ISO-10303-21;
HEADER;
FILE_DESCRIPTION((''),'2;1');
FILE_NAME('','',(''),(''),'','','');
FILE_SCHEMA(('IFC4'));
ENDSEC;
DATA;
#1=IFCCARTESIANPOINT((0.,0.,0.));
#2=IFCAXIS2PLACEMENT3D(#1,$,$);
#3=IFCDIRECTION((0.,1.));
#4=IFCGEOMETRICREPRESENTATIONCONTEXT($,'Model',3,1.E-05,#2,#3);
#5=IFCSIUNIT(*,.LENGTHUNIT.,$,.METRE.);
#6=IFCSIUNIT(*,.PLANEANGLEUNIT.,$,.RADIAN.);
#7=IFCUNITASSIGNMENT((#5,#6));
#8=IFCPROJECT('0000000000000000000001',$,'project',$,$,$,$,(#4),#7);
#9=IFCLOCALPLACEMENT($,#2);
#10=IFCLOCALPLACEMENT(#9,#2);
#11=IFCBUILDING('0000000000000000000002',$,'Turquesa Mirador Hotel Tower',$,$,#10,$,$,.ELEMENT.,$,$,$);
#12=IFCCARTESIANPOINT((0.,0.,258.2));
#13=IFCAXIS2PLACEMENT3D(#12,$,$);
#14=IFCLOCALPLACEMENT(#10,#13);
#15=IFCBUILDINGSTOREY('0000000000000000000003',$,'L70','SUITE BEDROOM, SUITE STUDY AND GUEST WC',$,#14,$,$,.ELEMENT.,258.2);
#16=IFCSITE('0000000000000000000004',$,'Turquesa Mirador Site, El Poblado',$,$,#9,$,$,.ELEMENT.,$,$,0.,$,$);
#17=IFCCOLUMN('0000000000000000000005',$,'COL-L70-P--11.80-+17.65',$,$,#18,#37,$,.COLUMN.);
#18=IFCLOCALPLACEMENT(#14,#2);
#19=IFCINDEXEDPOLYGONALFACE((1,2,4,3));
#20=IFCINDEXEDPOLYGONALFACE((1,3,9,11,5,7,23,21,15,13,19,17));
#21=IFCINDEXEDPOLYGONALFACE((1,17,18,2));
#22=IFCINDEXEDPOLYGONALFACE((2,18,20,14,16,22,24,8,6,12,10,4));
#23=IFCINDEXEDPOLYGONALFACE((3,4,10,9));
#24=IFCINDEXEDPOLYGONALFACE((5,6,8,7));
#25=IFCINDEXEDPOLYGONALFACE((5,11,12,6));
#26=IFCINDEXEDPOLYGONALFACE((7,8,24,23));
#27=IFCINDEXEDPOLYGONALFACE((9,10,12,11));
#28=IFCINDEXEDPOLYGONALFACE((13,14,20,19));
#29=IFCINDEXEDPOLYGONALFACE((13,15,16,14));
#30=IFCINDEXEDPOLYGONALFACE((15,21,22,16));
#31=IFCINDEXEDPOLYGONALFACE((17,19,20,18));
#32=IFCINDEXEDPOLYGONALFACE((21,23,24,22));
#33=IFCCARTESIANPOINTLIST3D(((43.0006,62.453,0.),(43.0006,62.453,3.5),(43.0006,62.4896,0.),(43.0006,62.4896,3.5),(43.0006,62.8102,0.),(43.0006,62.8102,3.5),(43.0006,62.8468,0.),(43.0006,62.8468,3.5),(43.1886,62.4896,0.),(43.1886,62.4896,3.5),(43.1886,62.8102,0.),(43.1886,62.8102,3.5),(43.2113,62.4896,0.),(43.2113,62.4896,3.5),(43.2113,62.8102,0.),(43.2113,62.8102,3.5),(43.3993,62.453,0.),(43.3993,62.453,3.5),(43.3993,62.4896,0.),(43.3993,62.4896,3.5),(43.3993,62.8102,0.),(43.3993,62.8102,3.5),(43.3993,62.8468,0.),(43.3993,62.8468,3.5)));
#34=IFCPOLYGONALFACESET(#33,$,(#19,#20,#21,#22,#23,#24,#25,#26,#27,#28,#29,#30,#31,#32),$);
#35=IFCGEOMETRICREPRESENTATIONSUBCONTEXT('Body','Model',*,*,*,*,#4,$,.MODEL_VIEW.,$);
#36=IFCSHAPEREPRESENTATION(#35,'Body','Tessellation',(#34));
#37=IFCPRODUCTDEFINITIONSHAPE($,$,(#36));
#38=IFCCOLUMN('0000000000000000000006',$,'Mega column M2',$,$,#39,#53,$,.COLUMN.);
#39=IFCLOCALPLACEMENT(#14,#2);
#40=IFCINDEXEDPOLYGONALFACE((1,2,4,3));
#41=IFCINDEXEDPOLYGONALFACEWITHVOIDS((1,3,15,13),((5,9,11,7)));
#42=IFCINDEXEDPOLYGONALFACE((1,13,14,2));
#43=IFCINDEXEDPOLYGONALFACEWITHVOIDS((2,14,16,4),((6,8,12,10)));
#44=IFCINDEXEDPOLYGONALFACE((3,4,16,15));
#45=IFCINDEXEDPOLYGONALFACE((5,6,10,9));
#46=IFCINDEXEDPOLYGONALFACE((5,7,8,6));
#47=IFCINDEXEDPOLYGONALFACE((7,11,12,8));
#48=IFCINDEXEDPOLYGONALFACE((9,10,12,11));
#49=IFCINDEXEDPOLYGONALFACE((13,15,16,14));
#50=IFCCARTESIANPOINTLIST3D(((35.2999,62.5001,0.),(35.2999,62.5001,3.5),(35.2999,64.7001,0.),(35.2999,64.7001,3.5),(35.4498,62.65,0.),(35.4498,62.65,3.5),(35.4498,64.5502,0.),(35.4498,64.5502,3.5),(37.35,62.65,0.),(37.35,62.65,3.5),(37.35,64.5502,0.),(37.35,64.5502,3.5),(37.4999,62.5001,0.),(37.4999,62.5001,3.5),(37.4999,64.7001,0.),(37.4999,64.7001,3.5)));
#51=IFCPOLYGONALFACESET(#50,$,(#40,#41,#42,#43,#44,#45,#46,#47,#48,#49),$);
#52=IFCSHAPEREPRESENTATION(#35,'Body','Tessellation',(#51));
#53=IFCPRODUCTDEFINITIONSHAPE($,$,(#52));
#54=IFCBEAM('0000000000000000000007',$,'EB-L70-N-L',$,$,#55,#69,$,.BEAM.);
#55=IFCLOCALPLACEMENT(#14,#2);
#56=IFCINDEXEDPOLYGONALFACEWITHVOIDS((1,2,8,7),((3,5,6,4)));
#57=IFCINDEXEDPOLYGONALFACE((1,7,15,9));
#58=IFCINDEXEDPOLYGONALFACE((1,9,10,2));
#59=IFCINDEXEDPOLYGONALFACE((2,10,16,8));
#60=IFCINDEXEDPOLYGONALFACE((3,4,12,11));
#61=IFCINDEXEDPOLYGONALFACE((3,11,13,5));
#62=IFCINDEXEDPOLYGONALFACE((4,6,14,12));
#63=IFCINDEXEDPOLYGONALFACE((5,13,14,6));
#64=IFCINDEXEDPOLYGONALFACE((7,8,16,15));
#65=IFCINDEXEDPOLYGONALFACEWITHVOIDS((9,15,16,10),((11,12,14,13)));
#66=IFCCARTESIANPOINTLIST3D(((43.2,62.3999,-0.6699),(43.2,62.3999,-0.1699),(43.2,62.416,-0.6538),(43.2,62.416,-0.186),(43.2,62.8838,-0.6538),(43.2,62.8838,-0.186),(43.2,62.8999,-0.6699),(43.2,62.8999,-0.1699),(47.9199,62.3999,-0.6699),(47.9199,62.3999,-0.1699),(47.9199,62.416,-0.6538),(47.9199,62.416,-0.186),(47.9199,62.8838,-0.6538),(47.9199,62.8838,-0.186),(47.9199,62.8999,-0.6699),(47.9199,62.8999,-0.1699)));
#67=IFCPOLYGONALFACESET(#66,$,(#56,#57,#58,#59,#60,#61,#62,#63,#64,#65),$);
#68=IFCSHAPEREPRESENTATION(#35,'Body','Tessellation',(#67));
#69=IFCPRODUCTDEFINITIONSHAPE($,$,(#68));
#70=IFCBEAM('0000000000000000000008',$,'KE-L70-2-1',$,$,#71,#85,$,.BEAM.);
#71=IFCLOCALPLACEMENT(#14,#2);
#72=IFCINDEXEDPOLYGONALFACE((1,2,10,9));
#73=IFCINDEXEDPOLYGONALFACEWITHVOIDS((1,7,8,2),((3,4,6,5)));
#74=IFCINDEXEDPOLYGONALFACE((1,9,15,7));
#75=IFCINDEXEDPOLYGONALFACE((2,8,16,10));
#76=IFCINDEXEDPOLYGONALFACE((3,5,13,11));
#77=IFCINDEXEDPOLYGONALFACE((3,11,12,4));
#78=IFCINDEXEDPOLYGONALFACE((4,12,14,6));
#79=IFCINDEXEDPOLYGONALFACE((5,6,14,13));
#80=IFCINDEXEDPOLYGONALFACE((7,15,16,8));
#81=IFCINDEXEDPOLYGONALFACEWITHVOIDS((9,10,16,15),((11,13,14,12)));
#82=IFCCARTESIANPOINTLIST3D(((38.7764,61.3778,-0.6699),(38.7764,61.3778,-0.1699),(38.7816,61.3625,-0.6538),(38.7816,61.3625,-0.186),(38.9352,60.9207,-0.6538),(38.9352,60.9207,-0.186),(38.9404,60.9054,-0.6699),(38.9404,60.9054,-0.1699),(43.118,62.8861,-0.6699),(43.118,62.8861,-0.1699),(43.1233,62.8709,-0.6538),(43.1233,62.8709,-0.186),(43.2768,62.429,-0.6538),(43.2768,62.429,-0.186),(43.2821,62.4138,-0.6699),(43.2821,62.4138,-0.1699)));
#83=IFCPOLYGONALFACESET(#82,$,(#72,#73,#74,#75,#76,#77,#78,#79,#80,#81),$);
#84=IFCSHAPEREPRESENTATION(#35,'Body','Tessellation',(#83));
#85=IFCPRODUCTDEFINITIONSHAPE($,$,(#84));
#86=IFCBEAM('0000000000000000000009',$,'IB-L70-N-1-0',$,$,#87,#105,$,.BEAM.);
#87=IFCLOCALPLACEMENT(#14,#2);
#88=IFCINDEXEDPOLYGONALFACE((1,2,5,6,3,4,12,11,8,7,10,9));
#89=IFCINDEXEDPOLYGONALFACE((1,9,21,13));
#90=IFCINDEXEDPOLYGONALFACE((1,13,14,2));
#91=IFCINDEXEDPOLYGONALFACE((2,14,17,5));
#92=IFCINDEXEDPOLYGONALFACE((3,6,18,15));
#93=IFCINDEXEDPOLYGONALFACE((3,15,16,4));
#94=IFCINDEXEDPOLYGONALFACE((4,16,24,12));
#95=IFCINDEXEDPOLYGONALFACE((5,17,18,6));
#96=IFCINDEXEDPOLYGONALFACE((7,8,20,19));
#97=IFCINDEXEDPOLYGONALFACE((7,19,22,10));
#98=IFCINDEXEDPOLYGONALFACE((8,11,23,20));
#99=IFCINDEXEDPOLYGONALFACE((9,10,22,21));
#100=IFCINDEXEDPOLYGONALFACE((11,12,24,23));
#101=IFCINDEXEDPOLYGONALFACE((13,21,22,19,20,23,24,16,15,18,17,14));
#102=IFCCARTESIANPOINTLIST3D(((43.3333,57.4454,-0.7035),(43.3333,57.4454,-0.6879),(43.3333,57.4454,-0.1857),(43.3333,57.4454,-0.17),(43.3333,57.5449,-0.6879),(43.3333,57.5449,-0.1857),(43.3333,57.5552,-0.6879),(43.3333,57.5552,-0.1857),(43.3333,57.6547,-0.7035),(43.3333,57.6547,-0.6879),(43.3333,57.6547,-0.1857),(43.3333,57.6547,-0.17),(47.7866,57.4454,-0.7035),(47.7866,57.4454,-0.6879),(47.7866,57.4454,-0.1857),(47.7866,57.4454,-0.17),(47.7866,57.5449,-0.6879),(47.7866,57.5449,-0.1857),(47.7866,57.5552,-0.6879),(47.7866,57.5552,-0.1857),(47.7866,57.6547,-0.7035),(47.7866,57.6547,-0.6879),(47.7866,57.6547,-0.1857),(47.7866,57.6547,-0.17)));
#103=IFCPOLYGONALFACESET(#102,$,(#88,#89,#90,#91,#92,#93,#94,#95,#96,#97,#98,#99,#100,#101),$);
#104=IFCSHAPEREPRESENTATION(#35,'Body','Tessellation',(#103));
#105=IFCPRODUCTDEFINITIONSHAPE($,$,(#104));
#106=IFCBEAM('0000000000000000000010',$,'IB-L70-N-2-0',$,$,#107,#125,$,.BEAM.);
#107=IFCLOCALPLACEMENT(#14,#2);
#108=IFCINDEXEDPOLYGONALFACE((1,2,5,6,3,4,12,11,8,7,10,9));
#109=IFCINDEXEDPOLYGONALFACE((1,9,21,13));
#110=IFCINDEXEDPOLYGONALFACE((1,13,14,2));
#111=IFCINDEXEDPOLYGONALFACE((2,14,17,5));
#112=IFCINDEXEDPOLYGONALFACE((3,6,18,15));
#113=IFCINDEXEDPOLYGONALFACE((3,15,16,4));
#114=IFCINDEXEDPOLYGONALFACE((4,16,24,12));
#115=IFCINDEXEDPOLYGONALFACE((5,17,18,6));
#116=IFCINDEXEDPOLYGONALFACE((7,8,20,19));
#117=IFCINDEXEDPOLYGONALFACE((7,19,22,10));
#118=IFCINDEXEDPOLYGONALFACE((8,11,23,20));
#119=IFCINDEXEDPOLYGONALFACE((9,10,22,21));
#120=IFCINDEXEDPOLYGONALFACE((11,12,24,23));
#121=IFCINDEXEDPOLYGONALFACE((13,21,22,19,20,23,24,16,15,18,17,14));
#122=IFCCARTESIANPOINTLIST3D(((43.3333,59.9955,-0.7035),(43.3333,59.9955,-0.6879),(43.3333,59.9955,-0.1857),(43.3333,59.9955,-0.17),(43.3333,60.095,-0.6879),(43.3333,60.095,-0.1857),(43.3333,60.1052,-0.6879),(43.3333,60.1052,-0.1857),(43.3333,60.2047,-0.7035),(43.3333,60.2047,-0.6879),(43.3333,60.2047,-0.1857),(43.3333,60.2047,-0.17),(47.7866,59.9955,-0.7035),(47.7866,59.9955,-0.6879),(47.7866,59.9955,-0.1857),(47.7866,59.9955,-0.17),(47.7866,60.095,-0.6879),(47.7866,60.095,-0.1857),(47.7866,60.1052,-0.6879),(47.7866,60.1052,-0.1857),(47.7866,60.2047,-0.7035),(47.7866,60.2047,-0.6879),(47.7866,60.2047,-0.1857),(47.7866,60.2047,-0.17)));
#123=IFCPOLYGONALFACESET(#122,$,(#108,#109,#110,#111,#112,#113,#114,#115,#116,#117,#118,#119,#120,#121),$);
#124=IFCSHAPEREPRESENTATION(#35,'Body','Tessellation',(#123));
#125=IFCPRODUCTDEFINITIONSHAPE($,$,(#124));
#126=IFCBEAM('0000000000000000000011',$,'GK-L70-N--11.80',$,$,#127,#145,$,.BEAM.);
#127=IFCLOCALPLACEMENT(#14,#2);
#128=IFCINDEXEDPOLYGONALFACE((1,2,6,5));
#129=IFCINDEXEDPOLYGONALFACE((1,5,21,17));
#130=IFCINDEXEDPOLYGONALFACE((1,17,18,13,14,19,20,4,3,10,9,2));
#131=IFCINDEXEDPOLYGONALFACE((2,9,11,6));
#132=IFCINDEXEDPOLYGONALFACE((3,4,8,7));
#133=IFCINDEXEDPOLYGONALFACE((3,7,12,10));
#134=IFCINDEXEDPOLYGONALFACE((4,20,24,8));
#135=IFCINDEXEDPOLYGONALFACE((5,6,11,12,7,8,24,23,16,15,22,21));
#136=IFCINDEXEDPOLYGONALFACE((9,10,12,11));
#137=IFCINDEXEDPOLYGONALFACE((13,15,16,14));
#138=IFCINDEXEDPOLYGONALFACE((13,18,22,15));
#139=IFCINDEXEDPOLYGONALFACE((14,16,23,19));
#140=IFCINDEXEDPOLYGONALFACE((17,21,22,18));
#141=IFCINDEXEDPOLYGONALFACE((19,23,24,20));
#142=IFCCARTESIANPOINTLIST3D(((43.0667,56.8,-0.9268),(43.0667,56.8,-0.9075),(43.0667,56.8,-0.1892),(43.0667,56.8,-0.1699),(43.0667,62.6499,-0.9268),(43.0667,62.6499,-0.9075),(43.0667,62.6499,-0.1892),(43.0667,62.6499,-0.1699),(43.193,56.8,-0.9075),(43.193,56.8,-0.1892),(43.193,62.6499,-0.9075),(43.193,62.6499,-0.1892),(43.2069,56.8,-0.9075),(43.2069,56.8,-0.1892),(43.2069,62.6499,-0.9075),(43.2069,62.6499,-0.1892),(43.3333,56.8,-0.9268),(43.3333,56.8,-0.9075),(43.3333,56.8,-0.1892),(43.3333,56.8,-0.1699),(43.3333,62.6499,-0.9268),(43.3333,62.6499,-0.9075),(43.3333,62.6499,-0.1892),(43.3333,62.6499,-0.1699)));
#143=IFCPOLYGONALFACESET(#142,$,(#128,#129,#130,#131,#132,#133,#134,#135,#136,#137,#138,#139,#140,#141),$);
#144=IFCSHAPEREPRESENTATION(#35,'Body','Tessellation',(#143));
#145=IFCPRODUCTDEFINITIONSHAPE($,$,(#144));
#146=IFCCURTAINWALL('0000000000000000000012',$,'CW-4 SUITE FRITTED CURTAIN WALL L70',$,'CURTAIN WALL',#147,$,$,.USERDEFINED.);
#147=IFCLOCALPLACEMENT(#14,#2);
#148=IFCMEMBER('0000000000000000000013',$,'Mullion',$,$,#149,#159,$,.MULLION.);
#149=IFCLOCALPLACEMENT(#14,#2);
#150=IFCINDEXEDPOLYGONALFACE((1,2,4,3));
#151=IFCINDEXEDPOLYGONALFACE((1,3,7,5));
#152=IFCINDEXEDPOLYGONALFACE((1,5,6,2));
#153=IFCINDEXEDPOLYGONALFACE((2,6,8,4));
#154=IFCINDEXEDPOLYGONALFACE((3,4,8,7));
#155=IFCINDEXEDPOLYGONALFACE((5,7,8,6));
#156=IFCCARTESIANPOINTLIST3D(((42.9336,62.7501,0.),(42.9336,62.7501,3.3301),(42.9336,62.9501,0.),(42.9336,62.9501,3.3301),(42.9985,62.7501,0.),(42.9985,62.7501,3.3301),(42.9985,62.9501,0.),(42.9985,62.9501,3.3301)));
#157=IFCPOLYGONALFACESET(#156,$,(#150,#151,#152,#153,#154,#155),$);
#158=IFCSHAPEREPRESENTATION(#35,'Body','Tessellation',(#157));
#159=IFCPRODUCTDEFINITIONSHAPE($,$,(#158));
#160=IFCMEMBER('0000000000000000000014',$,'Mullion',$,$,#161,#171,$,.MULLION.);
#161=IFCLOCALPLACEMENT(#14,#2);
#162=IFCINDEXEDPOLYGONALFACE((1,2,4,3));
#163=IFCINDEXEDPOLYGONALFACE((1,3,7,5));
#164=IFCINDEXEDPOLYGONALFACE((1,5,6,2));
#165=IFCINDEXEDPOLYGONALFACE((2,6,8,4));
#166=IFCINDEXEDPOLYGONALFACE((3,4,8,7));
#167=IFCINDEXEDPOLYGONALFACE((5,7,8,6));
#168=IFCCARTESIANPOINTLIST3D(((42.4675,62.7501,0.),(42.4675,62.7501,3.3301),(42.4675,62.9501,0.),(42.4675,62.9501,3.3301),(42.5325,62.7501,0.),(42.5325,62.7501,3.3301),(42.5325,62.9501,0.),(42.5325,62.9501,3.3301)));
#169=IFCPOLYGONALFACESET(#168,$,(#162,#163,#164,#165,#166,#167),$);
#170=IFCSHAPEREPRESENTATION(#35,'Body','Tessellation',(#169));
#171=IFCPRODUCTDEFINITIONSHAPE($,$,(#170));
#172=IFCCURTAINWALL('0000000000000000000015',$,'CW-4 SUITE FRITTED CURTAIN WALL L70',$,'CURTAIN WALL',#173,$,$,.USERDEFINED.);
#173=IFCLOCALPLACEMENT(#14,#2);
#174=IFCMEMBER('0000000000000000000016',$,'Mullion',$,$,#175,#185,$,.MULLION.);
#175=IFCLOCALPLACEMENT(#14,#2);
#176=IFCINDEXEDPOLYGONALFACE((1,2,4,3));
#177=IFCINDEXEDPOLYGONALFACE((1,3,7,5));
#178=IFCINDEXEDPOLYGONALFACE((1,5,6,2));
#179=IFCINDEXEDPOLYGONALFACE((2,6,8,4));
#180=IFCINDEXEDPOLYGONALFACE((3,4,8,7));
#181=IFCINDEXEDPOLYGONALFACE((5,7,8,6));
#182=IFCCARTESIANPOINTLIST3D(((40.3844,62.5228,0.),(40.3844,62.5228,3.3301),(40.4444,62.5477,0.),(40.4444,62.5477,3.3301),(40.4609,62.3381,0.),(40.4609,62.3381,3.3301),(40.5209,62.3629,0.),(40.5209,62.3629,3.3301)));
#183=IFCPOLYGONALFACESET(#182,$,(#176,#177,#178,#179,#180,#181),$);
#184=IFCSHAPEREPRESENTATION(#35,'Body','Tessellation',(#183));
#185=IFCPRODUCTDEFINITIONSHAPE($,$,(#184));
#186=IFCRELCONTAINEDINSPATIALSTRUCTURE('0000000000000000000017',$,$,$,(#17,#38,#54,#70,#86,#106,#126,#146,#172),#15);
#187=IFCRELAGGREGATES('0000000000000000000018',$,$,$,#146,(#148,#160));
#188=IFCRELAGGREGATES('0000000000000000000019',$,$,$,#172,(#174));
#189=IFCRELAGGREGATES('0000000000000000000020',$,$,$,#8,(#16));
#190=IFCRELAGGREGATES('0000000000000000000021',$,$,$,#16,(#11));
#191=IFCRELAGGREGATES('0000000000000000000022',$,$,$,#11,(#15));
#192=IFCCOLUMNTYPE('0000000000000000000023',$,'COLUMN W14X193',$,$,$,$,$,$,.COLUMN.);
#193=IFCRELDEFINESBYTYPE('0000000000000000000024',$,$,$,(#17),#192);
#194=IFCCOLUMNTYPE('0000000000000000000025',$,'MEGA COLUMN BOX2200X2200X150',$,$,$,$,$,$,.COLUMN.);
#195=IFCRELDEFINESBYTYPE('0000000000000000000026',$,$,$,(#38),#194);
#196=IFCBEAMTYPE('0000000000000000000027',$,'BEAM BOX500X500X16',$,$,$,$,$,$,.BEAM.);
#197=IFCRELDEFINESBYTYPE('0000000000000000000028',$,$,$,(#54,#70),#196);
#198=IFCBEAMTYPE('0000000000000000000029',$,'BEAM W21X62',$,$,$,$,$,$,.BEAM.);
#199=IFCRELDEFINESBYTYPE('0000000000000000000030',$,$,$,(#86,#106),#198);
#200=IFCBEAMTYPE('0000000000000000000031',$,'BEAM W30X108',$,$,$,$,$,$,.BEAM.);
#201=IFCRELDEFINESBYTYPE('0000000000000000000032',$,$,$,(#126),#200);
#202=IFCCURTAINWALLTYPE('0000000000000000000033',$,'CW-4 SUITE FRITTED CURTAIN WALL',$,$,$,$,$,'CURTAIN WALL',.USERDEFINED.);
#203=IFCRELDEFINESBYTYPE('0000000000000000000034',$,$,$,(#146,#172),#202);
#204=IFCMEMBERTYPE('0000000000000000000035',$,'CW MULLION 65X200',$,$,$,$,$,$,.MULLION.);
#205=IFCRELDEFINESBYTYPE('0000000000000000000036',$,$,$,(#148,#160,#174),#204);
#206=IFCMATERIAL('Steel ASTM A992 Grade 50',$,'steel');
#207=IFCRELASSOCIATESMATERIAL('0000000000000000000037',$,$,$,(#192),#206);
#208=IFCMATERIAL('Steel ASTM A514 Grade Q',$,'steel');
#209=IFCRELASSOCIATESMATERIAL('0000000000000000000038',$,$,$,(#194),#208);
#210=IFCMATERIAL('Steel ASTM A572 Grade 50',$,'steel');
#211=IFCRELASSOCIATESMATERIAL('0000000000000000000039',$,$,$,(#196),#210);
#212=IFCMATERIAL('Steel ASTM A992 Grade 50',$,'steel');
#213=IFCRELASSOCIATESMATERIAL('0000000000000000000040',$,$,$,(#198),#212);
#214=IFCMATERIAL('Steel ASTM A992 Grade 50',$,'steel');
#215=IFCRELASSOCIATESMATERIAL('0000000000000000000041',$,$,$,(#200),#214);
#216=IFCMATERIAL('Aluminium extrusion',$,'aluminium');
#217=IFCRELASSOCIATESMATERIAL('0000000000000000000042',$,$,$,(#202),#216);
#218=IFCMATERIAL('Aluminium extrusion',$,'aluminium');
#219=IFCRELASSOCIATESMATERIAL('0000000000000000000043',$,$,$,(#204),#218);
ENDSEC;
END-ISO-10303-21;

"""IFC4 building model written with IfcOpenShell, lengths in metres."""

from ifc_helpers import new_model, si_unit, direction, frame, origin, origin_2d, place, context, subcontext, project, spatial, rectangle, hollow_rectangle, i_section, extrude, material, material_profile, profile_set, type_object, element, aggregate, save


model = new_model("IFC4")

# Units and contexts
model_context = context("Model", 3, precision=1e-05, world=origin(), true_north=direction((0.0, 1.0)))
body_context = subcontext(model_context, "Body", "Model", "MODEL_VIEW")
ifc_project = project(units=[si_unit("LENGTHUNIT", "METRE"), si_unit("PLANEANGLEUNIT", "RADIAN")], contexts=[model_context])

# Site, building, storey
site_placement = place(None, origin())
site = spatial("IfcSite", under=ifc_project, at=site_placement, Name="Turquesa Mirador Site, El Poblado", CompositionType="ELEMENT", RefElevation=0.0)
building_placement = place(site_placement, origin())
building = spatial("IfcBuilding", under=site, at=building_placement, Name="Turquesa Mirador Hotel Tower", CompositionType="ELEMENT")
storey_placement = place(building_placement, frame((0.0, 0.0, 258.2)))
storey = spatial("IfcBuildingStorey", under=building, at=storey_placement, Name="L70", Description="SUITE BEDROOM, SUITE STUDY AND GUEST WC", CompositionType="ELEMENT", Elevation=258.2)

# Columns
ifc_material_1 = material(Name="Steel ASTM A992 Grade 50", Category="steel")
ifc_material_profile_1 = material_profile(ifc_material_1, i_section(OverallWidth=0.3987, OverallDepth=0.3938, WebThickness=0.0227, FlangeThickness=0.0366, at=origin_2d()), Name="W14X193")
ifc_profile_set_1 = profile_set([ifc_material_profile_1], Name="Steel ASTM A992 Grade 50")
column_type_1 = type_object("IfcColumnType", Name="COLUMN W14X193", PredefinedType="COLUMN", material=ifc_profile_set_1)
column_1_placement = place(storey_placement, frame((43.2, 62.6499, 0.0), z_axis=(0.0, 0.0, 1.0), x_axis=(1.0, 0.0, 0.0)))
element("IfcColumn", 1, at=column_1_placement, inside=storey, type_object=column_type_1, Name="COL-L70-P--11.80-+17.65", PredefinedType="COLUMN", context=body_context, shape_type="SweptSolid", body=[
    extrude(i_section(OverallWidth=0.3987, OverallDepth=0.3938, WebThickness=0.0227, FlangeThickness=0.0366, at=origin_2d()), origin(), (0.0, 0.0, 1.0), 3.5),
])
ifc_material_2 = material(Name="Steel ASTM A514 Grade Q", Category="steel")
ifc_material_profile_2 = material_profile(ifc_material_2, hollow_rectangle(XDim=2.2, YDim=2.2, WallThickness=0.1499, at=origin_2d()), Name="BOX2200X2200X150")
ifc_profile_set_2 = profile_set([ifc_material_profile_2], Name="Steel ASTM A514 Grade Q")
column_type_2 = type_object("IfcColumnType", Name="MEGA COLUMN BOX2200X2200X150", PredefinedType="COLUMN", material=ifc_profile_set_2)
column_2_placement = place(storey_placement, frame((36.3999, 63.6001, 0.0), z_axis=(0.0, 0.0, 1.0), x_axis=(1.0, 0.0, 0.0)))
element("IfcColumn", 2, at=column_2_placement, inside=storey, type_object=column_type_2, Name="Mega column M2", PredefinedType="COLUMN", context=body_context, shape_type="SweptSolid", body=[
    extrude(hollow_rectangle(XDim=2.2, YDim=2.2, WallThickness=0.1499, at=origin_2d()), origin(), (0.0, 0.0, 1.0), 3.5),
])

# Beams
ifc_material_3 = material(Name="Steel ASTM A572 Grade 50", Category="steel")
ifc_material_profile_3 = material_profile(ifc_material_3, hollow_rectangle(XDim=0.5, YDim=0.5, WallThickness=0.0161, at=origin_2d()), Name="BOX500X500X16")
ifc_profile_set_3 = profile_set([ifc_material_profile_3], Name="Steel ASTM A572 Grade 50")
beam_type_1 = type_object("IfcBeamType", Name="BEAM BOX500X500X16", PredefinedType="BEAM", material=ifc_profile_set_3)
beam_1_placement = place(storey_placement, frame((43.2, 62.6499, -0.4199), z_axis=(1.0, 0.0, 0.0), x_axis=(0.0, 1.0, 0.0)))
element("IfcBeam", 3, at=beam_1_placement, inside=storey, type_object=beam_type_1, Name="EB-L70-N-L", PredefinedType="BEAM", context=body_context, shape_type="SweptSolid", body=[
    extrude(hollow_rectangle(XDim=0.5, YDim=0.5, WallThickness=0.0161, at=origin_2d()), origin(), (0.0, 0.0, 1.0), 4.72),
])
beam_2_placement = place(storey_placement, frame((38.8584, 61.1416, -0.4199), z_axis=(0.944619, 0.32817, 0.0), x_axis=(-0.32817, 0.944619, 0.0)))
element("IfcBeam", 4, at=beam_2_placement, inside=storey, type_object=beam_type_1, Name="KE-L70-2-1", PredefinedType="BEAM", context=body_context, shape_type="SweptSolid", body=[
    extrude(hollow_rectangle(XDim=0.5, YDim=0.5, WallThickness=0.0161, at=origin_2d()), origin(), (0.0, 0.0, 1.0), 4.5962),
])
ifc_material_4 = material(Name="Steel ASTM A992 Grade 50", Category="steel")
ifc_material_profile_4 = material_profile(ifc_material_4, i_section(OverallWidth=0.2092, OverallDepth=0.5334, WebThickness=0.0103, FlangeThickness=0.0156, at=origin_2d()), Name="W21X62")
ifc_profile_set_4 = profile_set([ifc_material_profile_4], Name="Steel ASTM A992 Grade 50")
beam_type_2 = type_object("IfcBeamType", Name="BEAM W21X62", PredefinedType="BEAM", material=ifc_profile_set_4)
for number, where, z_axis, x_axis, name in (
    (5, (43.3333, 57.55, -0.4368), (1.0, 0.0, 0.0), (0.0, 1.0, 0.0), "IB-L70-N-1-0"),
    (6, (43.3333, 60.1001, -0.4368), (1.0, 0.0, 0.0), (0.0, 1.0, 0.0), "IB-L70-N-2-0"),
):
    element("IfcBeam", number, at=place(storey_placement, frame(where, z_axis=z_axis, x_axis=x_axis)), inside=storey, type_object=beam_type_2, Name=name, PredefinedType="BEAM", context=body_context, shape_type="SweptSolid", body=[
        extrude(i_section(OverallWidth=0.2092, OverallDepth=0.5334, WebThickness=0.0103, FlangeThickness=0.0156, at=origin_2d()), origin(), (0.0, 0.0, 1.0), 4.4534),
    ])
ifc_material_5 = material(Name="Steel ASTM A992 Grade 50", Category="steel")
ifc_material_profile_5 = material_profile(ifc_material_5, i_section(OverallWidth=0.2666, OverallDepth=0.7568, WebThickness=0.0139, FlangeThickness=0.0193, at=origin_2d()), Name="W30X108")
ifc_profile_set_5 = profile_set([ifc_material_profile_5], Name="Steel ASTM A992 Grade 50")
beam_type_3 = type_object("IfcBeamType", Name="BEAM W30X108", PredefinedType="BEAM", material=ifc_profile_set_5)
beam_3_placement = place(storey_placement, frame((43.2, 62.6499, -0.5483), z_axis=(0.0, -1.0, 0.0), x_axis=(1.0, 0.0, 0.0)))
element("IfcBeam", 7, at=beam_3_placement, inside=storey, type_object=beam_type_3, Name="GK-L70-N--11.80", PredefinedType="BEAM", context=body_context, shape_type="SweptSolid", body=[
    extrude(i_section(OverallWidth=0.2666, OverallDepth=0.7568, WebThickness=0.0139, FlangeThickness=0.0193, at=origin_2d()), origin(), (0.0, 0.0, 1.0), 5.8499),
])

# Curtain walls, members
ifc_material_6 = material(Name="Aluminium extrusion", Category="aluminium")
curtain_wall_type = type_object("IfcCurtainWallType", Name="CW-4 SUITE FRITTED CURTAIN WALL", ElementType="CURTAIN WALL", PredefinedType="USERDEFINED", material=ifc_material_6)
curtain_wall_1_placement = place(storey_placement, origin())
curtain_wall_1 = element("IfcCurtainWall", 8, at=curtain_wall_1_placement, inside=storey, type_object=curtain_wall_type, Name="CW-4 SUITE FRITTED CURTAIN WALL L70", ObjectType="CURTAIN WALL", PredefinedType="USERDEFINED")
ifc_material_7 = material(Name="Aluminium extrusion", Category="aluminium")
ifc_material_profile_6 = material_profile(ifc_material_7, rectangle(XDim=0.0649, YDim=0.2, at=origin_2d()), Name="MULLION 65X200")
ifc_profile_set_6 = profile_set([ifc_material_profile_6], Name="Aluminium extrusion")
member_type_1 = type_object("IfcMemberType", Name="CW MULLION 65X200", PredefinedType="MULLION", material=ifc_profile_set_6)
member_1_placement = place(storey_placement, frame((42.9661, 62.8501, 0.0), z_axis=(0.0, 0.0, 1.0), x_axis=(-1.0, 0.0, 0.0)))
member_1 = element("IfcMember", 9, at=member_1_placement, type_object=member_type_1, Name="Mullion", PredefinedType="MULLION", context=body_context, shape_type="SweptSolid", body=[
    extrude(rectangle(XDim=0.0649, YDim=0.2, at=origin_2d()), origin(), (0.0, 0.0, 1.0), 3.3301),
])
member_2_placement = place(storey_placement, frame((42.5, 62.8501, 0.0), z_axis=(0.0, 0.0, 1.0), x_axis=(-1.0, 0.0, 0.0)))
member_2 = element("IfcMember", 10, at=member_2_placement, type_object=member_type_1, Name="Mullion", PredefinedType="MULLION", context=body_context, shape_type="SweptSolid", body=[
    extrude(rectangle(XDim=0.0649, YDim=0.2, at=origin_2d()), origin(), (0.0, 0.0, 1.0), 3.3301),
])
curtain_wall_2_placement = place(storey_placement, origin())
curtain_wall_2 = element("IfcCurtainWall", 11, at=curtain_wall_2_placement, inside=storey, type_object=curtain_wall_type, Name="CW-4 SUITE FRITTED CURTAIN WALL L70", ObjectType="CURTAIN WALL", PredefinedType="USERDEFINED")
member_3_placement = place(storey_placement, frame((40.4526, 62.4429, 0.0), z_axis=(0.0, 0.0, 1.0), x_axis=(-0.92388, -0.382683, 0.0)))
member_3 = element("IfcMember", 12, at=member_3_placement, type_object=member_type_1, Name="Mullion", PredefinedType="MULLION", context=body_context, shape_type="SweptSolid", body=[
    extrude(rectangle(XDim=0.0649, YDim=0.2, at=origin_2d()), origin(), (0.0, 0.0, 1.0), 3.3301),
])

aggregate(curtain_wall_1, [member_1, member_2])
aggregate(curtain_wall_2, [member_3])

save(model, "model.ifc")
